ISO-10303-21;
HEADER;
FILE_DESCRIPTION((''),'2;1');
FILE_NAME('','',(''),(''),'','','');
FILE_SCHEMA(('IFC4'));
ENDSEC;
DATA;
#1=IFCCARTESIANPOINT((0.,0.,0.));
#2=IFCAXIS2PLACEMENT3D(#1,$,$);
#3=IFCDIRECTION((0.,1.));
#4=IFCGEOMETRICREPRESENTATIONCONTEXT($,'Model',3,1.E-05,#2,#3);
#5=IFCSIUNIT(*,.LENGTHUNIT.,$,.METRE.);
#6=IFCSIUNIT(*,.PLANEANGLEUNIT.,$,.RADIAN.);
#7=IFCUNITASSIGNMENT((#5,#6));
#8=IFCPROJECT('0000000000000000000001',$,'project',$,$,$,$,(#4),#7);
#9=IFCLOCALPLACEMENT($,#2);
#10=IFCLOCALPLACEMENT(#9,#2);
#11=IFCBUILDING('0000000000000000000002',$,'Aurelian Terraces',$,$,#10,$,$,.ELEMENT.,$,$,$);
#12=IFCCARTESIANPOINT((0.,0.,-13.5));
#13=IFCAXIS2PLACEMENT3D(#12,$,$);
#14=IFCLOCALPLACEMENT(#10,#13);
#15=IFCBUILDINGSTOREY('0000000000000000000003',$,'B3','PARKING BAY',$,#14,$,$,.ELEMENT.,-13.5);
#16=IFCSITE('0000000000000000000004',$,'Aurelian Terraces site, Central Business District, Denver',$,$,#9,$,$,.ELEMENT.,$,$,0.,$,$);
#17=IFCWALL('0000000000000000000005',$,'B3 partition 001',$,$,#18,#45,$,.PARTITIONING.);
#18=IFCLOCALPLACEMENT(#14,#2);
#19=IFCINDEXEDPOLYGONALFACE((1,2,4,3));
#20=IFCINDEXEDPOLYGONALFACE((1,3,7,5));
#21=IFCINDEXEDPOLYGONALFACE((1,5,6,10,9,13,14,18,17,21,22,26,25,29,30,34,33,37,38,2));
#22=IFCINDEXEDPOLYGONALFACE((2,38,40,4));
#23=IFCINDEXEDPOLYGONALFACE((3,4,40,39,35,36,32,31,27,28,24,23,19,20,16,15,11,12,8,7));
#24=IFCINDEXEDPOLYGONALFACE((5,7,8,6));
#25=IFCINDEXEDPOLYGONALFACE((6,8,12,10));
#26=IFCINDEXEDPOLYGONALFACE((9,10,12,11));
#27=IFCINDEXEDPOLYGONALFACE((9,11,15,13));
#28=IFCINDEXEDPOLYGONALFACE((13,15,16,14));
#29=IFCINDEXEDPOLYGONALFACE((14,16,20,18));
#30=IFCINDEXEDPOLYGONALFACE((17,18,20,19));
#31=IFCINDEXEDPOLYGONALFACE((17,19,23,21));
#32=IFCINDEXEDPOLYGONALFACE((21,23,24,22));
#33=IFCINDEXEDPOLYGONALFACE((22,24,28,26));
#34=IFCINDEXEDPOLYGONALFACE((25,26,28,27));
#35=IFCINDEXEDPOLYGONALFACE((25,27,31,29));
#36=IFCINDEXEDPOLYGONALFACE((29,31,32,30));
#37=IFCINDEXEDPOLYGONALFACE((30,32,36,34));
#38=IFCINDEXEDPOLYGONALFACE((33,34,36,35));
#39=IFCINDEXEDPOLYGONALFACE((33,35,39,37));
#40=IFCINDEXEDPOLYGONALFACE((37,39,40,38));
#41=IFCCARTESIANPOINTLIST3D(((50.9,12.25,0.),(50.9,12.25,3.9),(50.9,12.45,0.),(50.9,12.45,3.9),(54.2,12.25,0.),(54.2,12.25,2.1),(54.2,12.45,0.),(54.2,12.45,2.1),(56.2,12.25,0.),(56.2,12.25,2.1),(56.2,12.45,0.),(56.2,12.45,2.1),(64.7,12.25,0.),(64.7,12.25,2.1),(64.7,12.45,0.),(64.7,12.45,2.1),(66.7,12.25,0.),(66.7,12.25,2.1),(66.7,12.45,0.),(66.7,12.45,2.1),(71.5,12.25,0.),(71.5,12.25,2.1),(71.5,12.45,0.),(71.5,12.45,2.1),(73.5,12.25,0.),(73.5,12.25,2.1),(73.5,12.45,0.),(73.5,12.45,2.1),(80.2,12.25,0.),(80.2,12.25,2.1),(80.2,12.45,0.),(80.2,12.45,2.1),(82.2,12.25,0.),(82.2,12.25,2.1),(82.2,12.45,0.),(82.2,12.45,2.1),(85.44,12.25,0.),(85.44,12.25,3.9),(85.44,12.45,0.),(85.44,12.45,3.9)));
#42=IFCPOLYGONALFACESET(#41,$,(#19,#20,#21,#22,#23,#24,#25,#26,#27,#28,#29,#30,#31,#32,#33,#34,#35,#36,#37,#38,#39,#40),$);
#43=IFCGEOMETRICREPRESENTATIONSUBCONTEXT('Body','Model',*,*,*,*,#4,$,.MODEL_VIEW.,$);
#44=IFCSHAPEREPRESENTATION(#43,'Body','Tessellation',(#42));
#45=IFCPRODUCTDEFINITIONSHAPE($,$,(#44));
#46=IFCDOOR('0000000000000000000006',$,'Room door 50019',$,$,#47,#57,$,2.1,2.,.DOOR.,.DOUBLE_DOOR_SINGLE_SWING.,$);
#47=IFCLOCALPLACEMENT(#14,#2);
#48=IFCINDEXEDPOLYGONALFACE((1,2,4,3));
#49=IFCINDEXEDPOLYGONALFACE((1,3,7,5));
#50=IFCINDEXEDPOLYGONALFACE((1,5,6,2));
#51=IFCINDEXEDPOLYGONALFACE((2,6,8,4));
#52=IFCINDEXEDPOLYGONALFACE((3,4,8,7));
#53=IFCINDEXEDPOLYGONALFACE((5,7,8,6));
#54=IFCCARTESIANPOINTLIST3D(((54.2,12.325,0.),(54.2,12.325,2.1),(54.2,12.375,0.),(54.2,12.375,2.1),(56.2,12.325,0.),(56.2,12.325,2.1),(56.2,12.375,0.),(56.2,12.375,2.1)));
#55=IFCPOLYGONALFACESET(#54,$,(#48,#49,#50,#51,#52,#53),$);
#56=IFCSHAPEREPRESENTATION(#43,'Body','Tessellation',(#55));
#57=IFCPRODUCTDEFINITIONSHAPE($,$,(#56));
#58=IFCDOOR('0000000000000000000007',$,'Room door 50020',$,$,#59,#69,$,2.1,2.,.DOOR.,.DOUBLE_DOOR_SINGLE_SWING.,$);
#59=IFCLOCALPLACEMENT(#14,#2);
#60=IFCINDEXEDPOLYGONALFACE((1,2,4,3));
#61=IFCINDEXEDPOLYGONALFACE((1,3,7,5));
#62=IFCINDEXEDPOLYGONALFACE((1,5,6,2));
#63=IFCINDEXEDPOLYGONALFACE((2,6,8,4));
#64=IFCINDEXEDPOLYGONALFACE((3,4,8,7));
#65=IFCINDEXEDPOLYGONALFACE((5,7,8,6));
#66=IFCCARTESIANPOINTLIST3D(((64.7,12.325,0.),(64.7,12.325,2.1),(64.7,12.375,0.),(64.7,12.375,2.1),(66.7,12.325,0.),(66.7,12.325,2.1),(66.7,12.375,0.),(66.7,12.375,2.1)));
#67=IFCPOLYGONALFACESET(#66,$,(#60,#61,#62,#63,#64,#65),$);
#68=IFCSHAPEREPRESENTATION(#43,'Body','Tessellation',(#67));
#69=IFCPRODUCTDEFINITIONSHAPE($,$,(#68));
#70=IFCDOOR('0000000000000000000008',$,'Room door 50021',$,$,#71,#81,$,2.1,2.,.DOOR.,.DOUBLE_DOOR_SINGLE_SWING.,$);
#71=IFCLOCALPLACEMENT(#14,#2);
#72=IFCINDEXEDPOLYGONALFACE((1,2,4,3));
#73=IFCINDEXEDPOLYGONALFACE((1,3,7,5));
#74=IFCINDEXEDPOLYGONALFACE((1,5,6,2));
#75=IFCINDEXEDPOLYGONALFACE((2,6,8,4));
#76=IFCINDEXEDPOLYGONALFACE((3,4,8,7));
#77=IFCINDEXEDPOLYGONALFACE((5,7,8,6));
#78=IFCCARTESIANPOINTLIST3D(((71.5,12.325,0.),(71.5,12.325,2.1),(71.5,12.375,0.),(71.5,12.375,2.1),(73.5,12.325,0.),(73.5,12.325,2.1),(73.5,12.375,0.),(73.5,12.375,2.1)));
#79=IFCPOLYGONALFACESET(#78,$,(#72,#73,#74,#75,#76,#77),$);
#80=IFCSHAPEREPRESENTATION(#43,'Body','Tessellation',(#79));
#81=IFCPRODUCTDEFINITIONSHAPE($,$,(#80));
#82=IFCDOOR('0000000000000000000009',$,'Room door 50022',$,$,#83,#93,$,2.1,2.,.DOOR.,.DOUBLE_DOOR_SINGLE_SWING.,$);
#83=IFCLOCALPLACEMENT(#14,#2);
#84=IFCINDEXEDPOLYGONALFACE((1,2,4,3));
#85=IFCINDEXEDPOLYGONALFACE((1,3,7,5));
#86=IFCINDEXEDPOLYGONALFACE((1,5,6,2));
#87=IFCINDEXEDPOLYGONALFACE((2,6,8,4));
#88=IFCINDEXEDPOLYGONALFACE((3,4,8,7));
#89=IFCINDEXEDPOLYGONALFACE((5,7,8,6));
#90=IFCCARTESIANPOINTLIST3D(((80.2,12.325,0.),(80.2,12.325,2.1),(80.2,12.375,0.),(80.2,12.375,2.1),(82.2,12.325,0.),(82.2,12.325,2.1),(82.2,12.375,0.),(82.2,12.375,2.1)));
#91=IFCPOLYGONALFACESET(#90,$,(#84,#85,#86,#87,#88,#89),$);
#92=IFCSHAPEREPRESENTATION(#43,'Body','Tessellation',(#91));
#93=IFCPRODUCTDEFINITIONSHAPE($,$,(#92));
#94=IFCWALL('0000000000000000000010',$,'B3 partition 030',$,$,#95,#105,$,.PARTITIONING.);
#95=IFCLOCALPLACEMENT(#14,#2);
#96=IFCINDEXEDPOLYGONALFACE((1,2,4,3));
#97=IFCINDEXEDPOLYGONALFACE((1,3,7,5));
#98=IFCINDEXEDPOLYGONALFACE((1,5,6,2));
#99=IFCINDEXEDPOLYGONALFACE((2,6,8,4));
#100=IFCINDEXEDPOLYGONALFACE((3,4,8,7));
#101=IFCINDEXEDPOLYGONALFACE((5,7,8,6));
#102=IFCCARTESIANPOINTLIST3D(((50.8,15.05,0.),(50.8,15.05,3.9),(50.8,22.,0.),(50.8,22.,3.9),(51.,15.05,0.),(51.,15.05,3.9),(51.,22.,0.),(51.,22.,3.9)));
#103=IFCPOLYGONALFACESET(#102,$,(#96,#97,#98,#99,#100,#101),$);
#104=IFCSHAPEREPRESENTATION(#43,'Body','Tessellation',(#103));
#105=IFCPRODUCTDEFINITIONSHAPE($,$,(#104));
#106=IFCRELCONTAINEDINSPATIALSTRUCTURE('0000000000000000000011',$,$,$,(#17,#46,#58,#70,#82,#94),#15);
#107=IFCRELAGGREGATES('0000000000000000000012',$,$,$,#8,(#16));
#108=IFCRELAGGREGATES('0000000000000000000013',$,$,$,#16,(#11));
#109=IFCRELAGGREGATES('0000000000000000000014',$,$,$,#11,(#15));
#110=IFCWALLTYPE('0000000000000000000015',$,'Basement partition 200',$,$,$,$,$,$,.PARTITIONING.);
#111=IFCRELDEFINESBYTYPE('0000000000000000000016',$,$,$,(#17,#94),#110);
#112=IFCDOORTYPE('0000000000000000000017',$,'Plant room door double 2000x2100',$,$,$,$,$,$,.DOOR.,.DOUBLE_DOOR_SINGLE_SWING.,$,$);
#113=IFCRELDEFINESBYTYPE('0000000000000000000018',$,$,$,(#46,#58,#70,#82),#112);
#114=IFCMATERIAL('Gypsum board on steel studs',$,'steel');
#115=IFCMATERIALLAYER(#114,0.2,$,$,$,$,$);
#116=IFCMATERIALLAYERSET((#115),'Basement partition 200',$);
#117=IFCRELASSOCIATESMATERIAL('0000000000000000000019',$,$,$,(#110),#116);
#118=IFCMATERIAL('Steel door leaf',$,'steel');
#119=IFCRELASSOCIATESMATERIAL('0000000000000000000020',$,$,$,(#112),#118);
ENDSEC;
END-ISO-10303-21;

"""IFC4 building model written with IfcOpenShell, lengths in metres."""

from ifc_helpers import new_model, si_unit, direction, frame, frame_2d, origin, place, context, subcontext, project, spatial, rectangle, extrude, source, transform, mapped, material, layer, layer_set, type_object, element, fill, save


model = new_model("IFC4")

# Units and contexts
model_context = context("Model", 3, precision=1e-05, world=origin(), true_north=direction((0.0, 1.0)))
body_context = subcontext(model_context, "Body", "Model", "MODEL_VIEW")
ifc_project = project(units=[si_unit("LENGTHUNIT", "METRE"), si_unit("PLANEANGLEUNIT", "RADIAN")], contexts=[model_context])

# Site, building, storey
site_placement = place(None, origin())
site = spatial("IfcSite", under=ifc_project, at=site_placement, Name="Aurelian Terraces site, Central Business District, Denver", CompositionType="ELEMENT", RefElevation=0.0)
building_placement = place(site_placement, origin())
building = spatial("IfcBuilding", under=site, at=building_placement, Name="Aurelian Terraces", CompositionType="ELEMENT")
storey_placement = place(building_placement, frame((0.0, 0.0, -13.5)))
storey = spatial("IfcBuildingStorey", under=building, at=storey_placement, Name="B3", Description="PARKING BAY", CompositionType="ELEMENT", Elevation=-13.5)

# Wall, openings, doors
ifc_material_1 = material(Name="Gypsum board on steel studs", Category="steel")
ifc_layer = layer(ifc_material_1, 0.2)
ifc_layer_set = layer_set([ifc_layer], Name="Basement partition 200")
wall_type = type_object("IfcWallType", Name="Basement partition 200", PredefinedType="PARTITIONING", material=ifc_layer_set)
wall_1_placement = place(storey_placement, frame((50.9, 12.35, 0.0), z_axis=(0.0, 0.0, 1.0), x_axis=(1.0, 0.0, 0.0)))
wall_1 = element("IfcWall", 1, at=wall_1_placement, inside=storey, type_object=wall_type, Name="B3 partition 001", PredefinedType="PARTITIONING", context=body_context, shape_type="SweptSolid", body=[
    extrude(rectangle(XDim=34.54, YDim=0.2, at=frame_2d((17.27, 0.0))), origin(), (0.0, 0.0, 1.0), 3.9),
])
shared_shape_1 = source(origin(), body_context, "Body", "SweptSolid", [
    extrude(rectangle(XDim=2.0, YDim=2.1, at=frame_2d((1.0, 1.05))), frame((0.0, 0.11, 0.0), z_axis=(0.0, -1.0, 0.0), x_axis=(1.0, 0.0, 0.0)), (0.0, 0.0, 1.0), 0.22),
])
opening_1_placement = place(wall_1_placement, frame((3.3, 0.0, 0.0)))
opening_1 = element("IfcOpeningElement", 2, at=opening_1_placement, cuts=wall_1, PredefinedType="OPENING", context=body_context, shape_type="MappedRepresentation", body=[
    mapped(shared_shape_1, transform((0.0, 0.0, 0.0), scale=1.0)),
])
opening_2_placement = place(wall_1_placement, frame((13.8, 0.0, 0.0)))
opening_2 = element("IfcOpeningElement", 3, at=opening_2_placement, cuts=wall_1, PredefinedType="OPENING", context=body_context, shape_type="MappedRepresentation", body=[
    mapped(shared_shape_1, transform((0.0, 0.0, 0.0), scale=1.0)),
])
opening_3_placement = place(wall_1_placement, frame((20.6, 0.0, 0.0)))
opening_3 = element("IfcOpeningElement", 4, at=opening_3_placement, cuts=wall_1, PredefinedType="OPENING", context=body_context, shape_type="MappedRepresentation", body=[
    mapped(shared_shape_1, transform((0.0, 0.0, 0.0), scale=1.0)),
])
opening_4_placement = place(wall_1_placement, frame((29.3, 0.0, 0.0)))
opening_4 = element("IfcOpeningElement", 5, at=opening_4_placement, cuts=wall_1, PredefinedType="OPENING", context=body_context, shape_type="MappedRepresentation", body=[
    mapped(shared_shape_1, transform((0.0, 0.0, 0.0), scale=1.0)),
])
ifc_material_2 = material(Name="Steel door leaf", Category="steel")
door_type_1 = type_object("IfcDoorType", Name="Plant room door double 2000x2100", OperationType="DOUBLE_DOOR_SINGLE_SWING", PredefinedType="DOOR", material=ifc_material_2)
shared_shape_2 = source(origin(), body_context, "Body", "SweptSolid", [
    extrude(rectangle(XDim=2.0, YDim=2.1, at=frame_2d((1.0, 1.05))), frame((0.0, 0.025, 0.0), z_axis=(0.0, -1.0, 0.0), x_axis=(1.0, 0.0, 0.0)), (0.0, 0.0, 1.0), 0.05),
])
door_1_placement = place(opening_1_placement, origin())
door_1 = element("IfcDoor", 6, at=door_1_placement, inside=storey, type_object=door_type_1, Name="Room door 50019", OperationType="DOUBLE_DOOR_SINGLE_SWING", OverallHeight=2.1, OverallWidth=2.0, PredefinedType="DOOR", context=body_context, shape_type="MappedRepresentation", body=[
    mapped(shared_shape_2, transform((0.0, 0.0, 0.0), scale=1.0)),
])
fill(opening_1, door_1)
door_2_placement = place(opening_2_placement, origin())
door_2 = element("IfcDoor", 7, at=door_2_placement, inside=storey, type_object=door_type_1, Name="Room door 50020", OperationType="DOUBLE_DOOR_SINGLE_SWING", OverallHeight=2.1, OverallWidth=2.0, PredefinedType="DOOR", context=body_context, shape_type="MappedRepresentation", body=[
    mapped(shared_shape_2, transform((0.0, 0.0, 0.0), scale=1.0)),
])
fill(opening_2, door_2)
door_3_placement = place(opening_3_placement, origin())
door_3 = element("IfcDoor", 8, at=door_3_placement, inside=storey, type_object=door_type_1, Name="Room door 50021", OperationType="DOUBLE_DOOR_SINGLE_SWING", OverallHeight=2.1, OverallWidth=2.0, PredefinedType="DOOR", context=body_context, shape_type="MappedRepresentation", body=[
    mapped(shared_shape_2, transform((0.0, 0.0, 0.0), scale=1.0)),
])
fill(opening_3, door_3)
door_4_placement = place(opening_4_placement, origin())
door_4 = element("IfcDoor", 9, at=door_4_placement, inside=storey, type_object=door_type_1, Name="Room door 50022", OperationType="DOUBLE_DOOR_SINGLE_SWING", OverallHeight=2.1, OverallWidth=2.0, PredefinedType="DOOR", context=body_context, shape_type="MappedRepresentation", body=[
    mapped(shared_shape_2, transform((0.0, 0.0, 0.0), scale=1.0)),
])
fill(opening_4, door_4)

# Wall
wall_2_placement = place(storey_placement, frame((50.9, 15.05, 0.0), z_axis=(0.0, 0.0, 1.0), x_axis=(0.0, 1.0, 0.0)))
element("IfcWall", 10, at=wall_2_placement, inside=storey, type_object=wall_type, Name="B3 partition 030", PredefinedType="PARTITIONING", context=body_context, shape_type="SweptSolid", body=[
    extrude(rectangle(XDim=6.95, YDim=0.2, at=frame_2d((3.475, 0.0))), origin(), (0.0, 0.0, 1.0), 3.9),
])

save(model, "model.ifc")
